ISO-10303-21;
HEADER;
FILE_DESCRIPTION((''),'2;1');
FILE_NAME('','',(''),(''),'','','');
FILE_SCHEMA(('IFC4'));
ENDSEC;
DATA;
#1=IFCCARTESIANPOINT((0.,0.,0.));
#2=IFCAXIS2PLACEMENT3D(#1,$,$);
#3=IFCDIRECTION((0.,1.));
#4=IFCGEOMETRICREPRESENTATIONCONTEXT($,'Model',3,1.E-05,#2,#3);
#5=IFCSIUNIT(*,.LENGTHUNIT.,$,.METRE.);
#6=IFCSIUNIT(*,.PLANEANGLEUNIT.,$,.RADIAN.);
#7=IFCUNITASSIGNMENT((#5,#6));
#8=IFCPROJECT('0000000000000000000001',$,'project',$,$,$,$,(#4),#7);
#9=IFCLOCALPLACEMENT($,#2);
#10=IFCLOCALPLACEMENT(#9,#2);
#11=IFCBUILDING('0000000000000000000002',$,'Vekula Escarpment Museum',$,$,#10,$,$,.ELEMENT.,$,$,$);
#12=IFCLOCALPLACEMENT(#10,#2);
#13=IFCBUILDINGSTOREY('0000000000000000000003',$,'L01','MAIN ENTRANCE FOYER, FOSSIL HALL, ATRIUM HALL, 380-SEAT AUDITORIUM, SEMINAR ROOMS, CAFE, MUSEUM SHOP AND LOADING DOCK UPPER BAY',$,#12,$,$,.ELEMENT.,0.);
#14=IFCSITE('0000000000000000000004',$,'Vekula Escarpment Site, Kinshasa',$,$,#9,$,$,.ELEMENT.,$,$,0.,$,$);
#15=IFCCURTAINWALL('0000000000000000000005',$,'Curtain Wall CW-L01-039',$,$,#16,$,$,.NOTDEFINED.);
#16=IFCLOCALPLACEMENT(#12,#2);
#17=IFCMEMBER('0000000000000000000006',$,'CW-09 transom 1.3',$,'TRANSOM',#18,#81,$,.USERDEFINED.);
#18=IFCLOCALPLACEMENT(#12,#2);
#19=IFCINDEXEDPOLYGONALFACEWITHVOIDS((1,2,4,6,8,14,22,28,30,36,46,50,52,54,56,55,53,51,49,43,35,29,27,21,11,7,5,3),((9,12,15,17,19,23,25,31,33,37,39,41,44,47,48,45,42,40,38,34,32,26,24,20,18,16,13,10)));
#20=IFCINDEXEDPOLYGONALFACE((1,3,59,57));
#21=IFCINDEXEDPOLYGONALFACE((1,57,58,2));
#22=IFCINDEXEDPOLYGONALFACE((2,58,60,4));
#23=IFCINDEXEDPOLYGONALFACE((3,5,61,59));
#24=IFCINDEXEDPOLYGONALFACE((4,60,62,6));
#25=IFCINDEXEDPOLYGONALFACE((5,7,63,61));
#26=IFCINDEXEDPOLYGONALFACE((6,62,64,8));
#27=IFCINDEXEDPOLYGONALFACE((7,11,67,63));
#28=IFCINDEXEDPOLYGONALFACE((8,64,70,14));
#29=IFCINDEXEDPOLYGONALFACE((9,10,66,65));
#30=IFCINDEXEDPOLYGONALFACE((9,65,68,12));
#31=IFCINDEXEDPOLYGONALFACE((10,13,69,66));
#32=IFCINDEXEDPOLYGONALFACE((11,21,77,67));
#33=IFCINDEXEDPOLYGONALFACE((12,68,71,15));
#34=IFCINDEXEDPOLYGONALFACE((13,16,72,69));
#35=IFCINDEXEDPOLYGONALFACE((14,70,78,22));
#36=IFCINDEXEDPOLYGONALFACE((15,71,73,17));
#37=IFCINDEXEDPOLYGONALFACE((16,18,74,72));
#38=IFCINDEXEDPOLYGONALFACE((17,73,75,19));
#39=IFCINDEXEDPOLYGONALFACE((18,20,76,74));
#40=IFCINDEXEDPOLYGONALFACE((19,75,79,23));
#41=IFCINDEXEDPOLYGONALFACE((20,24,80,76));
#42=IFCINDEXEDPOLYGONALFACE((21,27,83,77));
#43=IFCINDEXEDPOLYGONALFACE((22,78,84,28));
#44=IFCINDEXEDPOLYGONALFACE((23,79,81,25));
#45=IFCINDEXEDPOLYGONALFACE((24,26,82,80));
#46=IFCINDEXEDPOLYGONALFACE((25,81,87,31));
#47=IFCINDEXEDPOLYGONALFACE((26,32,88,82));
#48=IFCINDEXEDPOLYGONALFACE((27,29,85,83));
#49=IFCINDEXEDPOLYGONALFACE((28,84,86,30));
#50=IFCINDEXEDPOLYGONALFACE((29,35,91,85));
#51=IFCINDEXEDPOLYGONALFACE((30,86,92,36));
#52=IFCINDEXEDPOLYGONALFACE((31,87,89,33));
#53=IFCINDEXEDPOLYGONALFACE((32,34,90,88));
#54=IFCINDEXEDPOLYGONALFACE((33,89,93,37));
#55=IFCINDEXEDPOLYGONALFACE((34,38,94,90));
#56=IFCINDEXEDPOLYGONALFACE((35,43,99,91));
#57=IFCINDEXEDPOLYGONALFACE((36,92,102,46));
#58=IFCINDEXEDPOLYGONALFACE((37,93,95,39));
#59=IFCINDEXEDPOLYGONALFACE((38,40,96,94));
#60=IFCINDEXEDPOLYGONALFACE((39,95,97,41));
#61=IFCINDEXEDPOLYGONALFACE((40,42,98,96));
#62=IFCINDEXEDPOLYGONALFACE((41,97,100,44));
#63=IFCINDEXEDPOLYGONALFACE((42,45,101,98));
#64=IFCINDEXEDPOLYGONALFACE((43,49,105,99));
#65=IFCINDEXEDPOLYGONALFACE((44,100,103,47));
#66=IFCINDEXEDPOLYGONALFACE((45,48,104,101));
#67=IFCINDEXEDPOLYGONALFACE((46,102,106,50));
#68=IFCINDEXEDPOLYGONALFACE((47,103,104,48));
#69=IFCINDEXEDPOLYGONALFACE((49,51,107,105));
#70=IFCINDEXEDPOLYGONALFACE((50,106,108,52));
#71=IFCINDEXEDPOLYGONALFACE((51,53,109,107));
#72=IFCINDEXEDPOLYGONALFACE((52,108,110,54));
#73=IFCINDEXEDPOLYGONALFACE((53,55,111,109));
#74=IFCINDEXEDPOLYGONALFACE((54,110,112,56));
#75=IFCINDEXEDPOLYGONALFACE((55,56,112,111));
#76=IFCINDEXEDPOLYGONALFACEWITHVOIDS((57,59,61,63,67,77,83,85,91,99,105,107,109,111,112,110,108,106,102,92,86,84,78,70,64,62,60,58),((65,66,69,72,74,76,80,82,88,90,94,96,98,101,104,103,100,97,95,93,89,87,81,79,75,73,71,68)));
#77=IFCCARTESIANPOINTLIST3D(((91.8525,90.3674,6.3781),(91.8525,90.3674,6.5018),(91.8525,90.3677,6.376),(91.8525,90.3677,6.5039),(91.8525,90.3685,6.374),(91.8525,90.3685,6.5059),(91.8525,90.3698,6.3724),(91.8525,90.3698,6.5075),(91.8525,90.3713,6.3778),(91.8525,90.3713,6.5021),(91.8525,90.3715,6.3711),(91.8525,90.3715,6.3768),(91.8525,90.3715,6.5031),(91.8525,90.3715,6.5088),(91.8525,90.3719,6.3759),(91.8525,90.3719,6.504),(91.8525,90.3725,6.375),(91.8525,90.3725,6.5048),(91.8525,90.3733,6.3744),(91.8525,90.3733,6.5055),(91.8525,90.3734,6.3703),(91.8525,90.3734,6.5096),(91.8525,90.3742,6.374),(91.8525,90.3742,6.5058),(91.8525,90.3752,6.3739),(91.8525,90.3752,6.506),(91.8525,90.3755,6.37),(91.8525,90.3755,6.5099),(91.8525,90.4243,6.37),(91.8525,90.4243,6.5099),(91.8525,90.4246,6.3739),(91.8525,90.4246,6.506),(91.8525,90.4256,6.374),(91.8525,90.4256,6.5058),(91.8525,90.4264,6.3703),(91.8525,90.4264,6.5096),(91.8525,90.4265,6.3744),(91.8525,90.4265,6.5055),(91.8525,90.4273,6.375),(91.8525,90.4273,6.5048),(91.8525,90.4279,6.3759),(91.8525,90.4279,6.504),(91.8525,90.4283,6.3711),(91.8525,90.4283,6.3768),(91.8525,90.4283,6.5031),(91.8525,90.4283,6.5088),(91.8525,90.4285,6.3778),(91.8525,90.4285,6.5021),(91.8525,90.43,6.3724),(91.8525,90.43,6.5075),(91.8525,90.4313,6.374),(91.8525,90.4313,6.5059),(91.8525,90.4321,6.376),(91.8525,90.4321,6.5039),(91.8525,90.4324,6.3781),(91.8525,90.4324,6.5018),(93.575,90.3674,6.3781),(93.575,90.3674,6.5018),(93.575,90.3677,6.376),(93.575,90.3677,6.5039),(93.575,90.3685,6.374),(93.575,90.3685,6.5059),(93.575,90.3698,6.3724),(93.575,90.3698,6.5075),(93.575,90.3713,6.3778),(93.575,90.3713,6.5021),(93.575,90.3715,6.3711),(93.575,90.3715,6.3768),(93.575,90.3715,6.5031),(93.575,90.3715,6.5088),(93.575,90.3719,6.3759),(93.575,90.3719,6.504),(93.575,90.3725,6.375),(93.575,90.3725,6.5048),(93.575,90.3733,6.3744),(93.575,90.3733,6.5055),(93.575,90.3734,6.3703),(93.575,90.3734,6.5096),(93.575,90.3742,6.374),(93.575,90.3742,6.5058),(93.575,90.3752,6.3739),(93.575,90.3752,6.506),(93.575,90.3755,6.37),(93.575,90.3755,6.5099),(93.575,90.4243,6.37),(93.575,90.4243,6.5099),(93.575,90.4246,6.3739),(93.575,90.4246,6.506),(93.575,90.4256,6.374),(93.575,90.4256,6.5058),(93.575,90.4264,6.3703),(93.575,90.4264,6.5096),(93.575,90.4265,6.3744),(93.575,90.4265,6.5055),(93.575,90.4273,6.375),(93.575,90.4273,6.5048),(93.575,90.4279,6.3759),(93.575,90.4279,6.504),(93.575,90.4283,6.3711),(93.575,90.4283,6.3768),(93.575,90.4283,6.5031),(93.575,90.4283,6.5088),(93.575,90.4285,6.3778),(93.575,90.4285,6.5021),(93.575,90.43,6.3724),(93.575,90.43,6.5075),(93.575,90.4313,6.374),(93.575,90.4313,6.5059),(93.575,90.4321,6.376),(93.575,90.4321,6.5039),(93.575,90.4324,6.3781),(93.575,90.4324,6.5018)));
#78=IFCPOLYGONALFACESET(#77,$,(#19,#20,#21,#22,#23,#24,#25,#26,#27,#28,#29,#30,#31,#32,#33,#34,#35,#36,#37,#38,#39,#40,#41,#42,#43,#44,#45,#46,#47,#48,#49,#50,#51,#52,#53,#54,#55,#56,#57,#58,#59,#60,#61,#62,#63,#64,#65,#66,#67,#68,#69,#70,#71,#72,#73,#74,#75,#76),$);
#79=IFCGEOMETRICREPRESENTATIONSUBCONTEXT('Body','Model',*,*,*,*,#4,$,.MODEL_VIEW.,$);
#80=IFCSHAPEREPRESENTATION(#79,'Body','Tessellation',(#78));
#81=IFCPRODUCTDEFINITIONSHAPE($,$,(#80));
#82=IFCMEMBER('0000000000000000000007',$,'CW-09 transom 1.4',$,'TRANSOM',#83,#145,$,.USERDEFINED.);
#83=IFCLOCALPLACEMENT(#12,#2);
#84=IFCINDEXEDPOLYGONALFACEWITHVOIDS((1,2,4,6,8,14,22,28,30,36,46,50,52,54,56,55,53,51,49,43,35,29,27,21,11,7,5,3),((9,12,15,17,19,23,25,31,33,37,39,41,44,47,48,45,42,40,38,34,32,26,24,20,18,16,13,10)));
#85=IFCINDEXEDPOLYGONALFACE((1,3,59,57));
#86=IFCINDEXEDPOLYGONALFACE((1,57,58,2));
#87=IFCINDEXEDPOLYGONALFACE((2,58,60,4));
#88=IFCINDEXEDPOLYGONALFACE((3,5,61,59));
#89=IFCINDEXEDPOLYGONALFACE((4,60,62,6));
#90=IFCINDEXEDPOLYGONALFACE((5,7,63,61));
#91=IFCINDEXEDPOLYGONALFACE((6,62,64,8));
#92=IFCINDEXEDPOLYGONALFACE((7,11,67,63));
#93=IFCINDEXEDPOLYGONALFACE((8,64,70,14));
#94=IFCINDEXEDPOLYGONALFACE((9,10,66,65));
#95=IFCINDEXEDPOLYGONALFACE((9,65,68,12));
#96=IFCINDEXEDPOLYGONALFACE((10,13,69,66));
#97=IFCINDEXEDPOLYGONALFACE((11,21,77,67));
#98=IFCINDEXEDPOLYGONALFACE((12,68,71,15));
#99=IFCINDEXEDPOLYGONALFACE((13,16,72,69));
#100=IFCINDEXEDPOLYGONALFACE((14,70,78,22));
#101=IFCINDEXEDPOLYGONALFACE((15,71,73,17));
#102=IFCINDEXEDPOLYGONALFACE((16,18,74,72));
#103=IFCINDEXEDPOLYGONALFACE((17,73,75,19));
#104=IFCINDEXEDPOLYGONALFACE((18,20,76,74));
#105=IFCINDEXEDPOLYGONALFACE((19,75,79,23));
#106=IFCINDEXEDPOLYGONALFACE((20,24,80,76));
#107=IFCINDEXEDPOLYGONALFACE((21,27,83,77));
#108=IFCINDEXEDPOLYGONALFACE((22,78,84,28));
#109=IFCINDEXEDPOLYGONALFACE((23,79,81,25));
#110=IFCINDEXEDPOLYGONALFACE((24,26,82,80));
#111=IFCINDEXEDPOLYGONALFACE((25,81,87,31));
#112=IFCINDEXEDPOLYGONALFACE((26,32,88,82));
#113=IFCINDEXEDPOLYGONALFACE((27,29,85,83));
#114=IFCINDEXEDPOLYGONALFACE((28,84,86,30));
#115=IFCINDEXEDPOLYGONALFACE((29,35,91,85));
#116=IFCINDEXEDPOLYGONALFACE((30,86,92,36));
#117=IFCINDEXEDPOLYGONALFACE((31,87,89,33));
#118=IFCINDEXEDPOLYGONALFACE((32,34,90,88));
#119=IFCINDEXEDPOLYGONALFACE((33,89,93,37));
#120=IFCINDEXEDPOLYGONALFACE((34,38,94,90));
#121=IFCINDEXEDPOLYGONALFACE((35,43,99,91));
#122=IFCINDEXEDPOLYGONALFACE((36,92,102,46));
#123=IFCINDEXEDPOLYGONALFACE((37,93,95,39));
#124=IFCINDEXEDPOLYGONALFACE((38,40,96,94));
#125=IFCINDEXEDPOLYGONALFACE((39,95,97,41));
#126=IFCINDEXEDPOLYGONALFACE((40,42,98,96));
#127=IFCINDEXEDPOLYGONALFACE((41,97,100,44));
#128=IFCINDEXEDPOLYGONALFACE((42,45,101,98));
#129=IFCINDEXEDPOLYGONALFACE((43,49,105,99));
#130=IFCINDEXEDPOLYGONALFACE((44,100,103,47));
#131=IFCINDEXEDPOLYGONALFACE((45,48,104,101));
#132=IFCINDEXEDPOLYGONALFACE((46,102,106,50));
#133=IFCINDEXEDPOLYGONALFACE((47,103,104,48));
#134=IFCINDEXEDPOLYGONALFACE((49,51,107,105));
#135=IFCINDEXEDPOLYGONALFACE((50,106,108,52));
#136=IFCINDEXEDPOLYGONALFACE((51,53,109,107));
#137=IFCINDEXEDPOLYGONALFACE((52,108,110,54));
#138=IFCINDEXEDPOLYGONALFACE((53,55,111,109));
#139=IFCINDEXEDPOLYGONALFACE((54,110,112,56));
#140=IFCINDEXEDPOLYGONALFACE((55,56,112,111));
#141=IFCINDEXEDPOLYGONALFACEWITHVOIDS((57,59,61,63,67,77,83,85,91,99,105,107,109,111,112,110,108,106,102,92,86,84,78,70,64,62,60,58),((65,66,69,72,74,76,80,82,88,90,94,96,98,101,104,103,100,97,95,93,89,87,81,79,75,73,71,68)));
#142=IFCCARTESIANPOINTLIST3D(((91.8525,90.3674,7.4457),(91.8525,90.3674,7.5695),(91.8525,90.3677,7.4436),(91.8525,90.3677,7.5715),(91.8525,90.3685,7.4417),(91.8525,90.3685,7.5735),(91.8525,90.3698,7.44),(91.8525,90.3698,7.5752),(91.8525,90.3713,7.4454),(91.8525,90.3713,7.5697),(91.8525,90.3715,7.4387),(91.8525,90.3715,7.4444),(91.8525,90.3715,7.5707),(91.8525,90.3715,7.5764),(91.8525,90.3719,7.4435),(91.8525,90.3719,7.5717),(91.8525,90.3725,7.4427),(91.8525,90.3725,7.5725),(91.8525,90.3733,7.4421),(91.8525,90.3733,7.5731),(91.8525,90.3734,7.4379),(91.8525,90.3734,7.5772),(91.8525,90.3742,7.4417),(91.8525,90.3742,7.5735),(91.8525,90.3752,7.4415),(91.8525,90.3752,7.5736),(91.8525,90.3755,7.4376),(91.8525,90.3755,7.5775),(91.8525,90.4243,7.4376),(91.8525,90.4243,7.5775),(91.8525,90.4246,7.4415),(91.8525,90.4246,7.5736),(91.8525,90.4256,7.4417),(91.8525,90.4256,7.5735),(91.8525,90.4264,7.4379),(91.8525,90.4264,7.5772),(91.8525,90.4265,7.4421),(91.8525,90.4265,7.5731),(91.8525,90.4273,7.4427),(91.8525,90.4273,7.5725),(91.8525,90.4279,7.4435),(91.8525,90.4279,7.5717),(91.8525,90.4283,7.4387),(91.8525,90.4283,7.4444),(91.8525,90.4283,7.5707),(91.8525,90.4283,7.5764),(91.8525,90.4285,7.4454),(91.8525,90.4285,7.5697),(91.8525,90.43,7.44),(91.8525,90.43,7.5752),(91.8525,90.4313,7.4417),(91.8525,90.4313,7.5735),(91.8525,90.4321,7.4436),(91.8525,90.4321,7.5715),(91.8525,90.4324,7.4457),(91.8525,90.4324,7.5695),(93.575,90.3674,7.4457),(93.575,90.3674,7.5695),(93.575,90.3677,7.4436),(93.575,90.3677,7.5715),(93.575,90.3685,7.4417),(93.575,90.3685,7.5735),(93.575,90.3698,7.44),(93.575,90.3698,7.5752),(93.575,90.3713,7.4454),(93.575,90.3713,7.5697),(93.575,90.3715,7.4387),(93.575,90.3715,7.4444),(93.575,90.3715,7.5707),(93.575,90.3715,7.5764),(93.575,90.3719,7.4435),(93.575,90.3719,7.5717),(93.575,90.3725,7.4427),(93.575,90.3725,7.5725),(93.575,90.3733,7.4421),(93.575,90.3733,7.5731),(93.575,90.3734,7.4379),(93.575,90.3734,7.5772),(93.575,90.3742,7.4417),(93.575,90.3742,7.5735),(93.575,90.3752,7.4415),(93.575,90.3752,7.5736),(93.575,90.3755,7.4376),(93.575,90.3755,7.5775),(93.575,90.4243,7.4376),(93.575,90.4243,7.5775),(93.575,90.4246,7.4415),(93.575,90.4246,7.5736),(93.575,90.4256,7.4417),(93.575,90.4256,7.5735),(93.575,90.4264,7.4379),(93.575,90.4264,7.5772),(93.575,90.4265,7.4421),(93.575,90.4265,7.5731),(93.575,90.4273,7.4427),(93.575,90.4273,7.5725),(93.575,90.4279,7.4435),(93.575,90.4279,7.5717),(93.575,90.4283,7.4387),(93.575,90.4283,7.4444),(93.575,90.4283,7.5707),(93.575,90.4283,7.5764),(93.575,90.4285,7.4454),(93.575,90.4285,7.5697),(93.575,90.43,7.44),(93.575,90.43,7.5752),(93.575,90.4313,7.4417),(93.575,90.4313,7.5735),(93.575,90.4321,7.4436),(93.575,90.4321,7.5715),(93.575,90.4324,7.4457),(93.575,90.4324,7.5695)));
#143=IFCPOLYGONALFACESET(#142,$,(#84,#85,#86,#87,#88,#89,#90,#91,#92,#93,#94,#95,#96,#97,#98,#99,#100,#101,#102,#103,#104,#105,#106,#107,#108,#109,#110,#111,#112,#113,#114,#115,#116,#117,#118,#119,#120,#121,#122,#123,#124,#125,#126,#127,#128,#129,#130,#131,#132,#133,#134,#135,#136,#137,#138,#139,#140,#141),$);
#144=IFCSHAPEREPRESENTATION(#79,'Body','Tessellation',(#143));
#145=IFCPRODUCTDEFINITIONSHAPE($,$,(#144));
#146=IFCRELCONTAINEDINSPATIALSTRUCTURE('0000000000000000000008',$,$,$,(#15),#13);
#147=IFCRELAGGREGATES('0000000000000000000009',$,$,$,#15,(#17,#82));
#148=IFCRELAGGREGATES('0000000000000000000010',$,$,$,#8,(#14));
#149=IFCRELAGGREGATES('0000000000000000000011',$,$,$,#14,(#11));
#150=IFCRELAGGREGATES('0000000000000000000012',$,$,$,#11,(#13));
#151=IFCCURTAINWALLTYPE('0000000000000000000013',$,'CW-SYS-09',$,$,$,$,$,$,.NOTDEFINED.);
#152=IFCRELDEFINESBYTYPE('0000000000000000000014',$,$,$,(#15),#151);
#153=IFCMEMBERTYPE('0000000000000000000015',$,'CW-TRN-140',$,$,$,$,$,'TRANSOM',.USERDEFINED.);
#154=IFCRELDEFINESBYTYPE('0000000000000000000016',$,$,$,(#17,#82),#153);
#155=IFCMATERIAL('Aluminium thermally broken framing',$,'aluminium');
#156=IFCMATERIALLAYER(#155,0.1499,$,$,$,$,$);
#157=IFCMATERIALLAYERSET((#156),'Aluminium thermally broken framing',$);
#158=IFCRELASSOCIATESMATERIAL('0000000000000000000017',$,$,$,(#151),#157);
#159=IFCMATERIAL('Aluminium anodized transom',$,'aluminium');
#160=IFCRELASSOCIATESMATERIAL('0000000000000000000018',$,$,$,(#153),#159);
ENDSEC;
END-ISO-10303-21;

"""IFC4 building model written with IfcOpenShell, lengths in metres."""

from ifc_helpers import new_model, si_unit, direction, frame, origin, origin_2d, place, context, subcontext, project, spatial, hollow_rectangle, extrude, material, layer, layer_set, material_profile, profile_set, type_object, element, aggregate, save


model = new_model("IFC4")

# Units and contexts
model_context = context("Model", 3, precision=1e-05, world=origin(), true_north=direction((0.0, 1.0)))
body_context = subcontext(model_context, "Body", "Model", "MODEL_VIEW")
ifc_project = project(units=[si_unit("LENGTHUNIT", "METRE"), si_unit("PLANEANGLEUNIT", "RADIAN")], contexts=[model_context])

# Site, building, storey
site_placement = place(None, origin())
site = spatial("IfcSite", under=ifc_project, at=site_placement, Name="Vekula Escarpment Site, Kinshasa", CompositionType="ELEMENT", RefElevation=0.0)
building_placement = place(site_placement, origin())
building = spatial("IfcBuilding", under=site, at=building_placement, Name="Vekula Escarpment Museum", CompositionType="ELEMENT")
storey_placement = place(building_placement, origin())
storey = spatial("IfcBuildingStorey", under=building, at=storey_placement, Name="L01", Description="MAIN ENTRANCE FOYER, FOSSIL HALL, ATRIUM HALL, 380-SEAT AUDITORIUM, SEMINAR ROOMS, CAFE, MUSEUM SHOP AND LOADING DOCK UPPER BAY", CompositionType="ELEMENT", Elevation=0.0)

# Curtain wall, members
ifc_material_1 = material(Name="Aluminium thermally broken framing", Category="aluminium")
ifc_layer_1 = layer(ifc_material_1, 0.1499)
ifc_layer_set_1 = layer_set([ifc_layer_1], Name="Aluminium thermally broken framing")
curtain_wall_type_1 = type_object("IfcCurtainWallType", Name="CW-SYS-09", PredefinedType="NOTDEFINED", material=ifc_layer_set_1)
curtain_wall_1_placement = place(storey_placement, origin())
curtain_wall_1 = element("IfcCurtainWall", 1, at=curtain_wall_1_placement, inside=storey, type_object=curtain_wall_type_1, Name="Curtain Wall CW-L01-039", PredefinedType="NOTDEFINED")
ifc_material_2 = material(Name="Aluminium anodized transom", Category="aluminium")
ifc_material_profile_1 = material_profile(ifc_material_2, hollow_rectangle(XDim=0.0649, YDim=0.1399, WallThickness=0.0039, InnerFilletRadius=0.0039, OuterFilletRadius=0.0081, at=origin_2d()), Name="ALU 140x65x4")
ifc_profile_set_1 = profile_set([ifc_material_profile_1], Name="Aluminium anodized transom")
member_type_1 = type_object("IfcMemberType", Name="CW-TRN-140", ElementType="TRANSOM", PredefinedType="USERDEFINED", material=ifc_profile_set_1)
member_1_placement = place(storey_placement, frame((93.575, 90.3999, 6.4399), z_axis=(-1.0, 0.0, 0.0), x_axis=(0.0, -1.0, 0.0)))
member_1 = element("IfcMember", 2, at=member_1_placement, type_object=member_type_1, Name="CW-09 transom 1.3", ObjectType="TRANSOM", PredefinedType="USERDEFINED", context=body_context, shape_type="SweptSolid", body=[
    extrude(hollow_rectangle(XDim=0.0649, YDim=0.1399, WallThickness=0.0039, InnerFilletRadius=0.0039, OuterFilletRadius=0.0081, at=origin_2d()), origin(), (0.0, 0.0, 1.0), 1.7224),
])
member_2_placement = place(storey_placement, frame((93.575, 90.3999, 7.5076), z_axis=(-1.0, 0.0, 0.0), x_axis=(0.0, -1.0, 0.0)))
member_2 = element("IfcMember", 3, at=member_2_placement, type_object=member_type_1, Name="CW-09 transom 1.4", ObjectType="TRANSOM", PredefinedType="USERDEFINED", context=body_context, shape_type="SweptSolid", body=[
    extrude(hollow_rectangle(XDim=0.0649, YDim=0.1399, WallThickness=0.0039, InnerFilletRadius=0.0039, OuterFilletRadius=0.0081, at=origin_2d()), origin(), (0.0, 0.0, 1.0), 1.7224),
])

aggregate(curtain_wall_1, [member_1, member_2])

save(model, "model.ifc")
